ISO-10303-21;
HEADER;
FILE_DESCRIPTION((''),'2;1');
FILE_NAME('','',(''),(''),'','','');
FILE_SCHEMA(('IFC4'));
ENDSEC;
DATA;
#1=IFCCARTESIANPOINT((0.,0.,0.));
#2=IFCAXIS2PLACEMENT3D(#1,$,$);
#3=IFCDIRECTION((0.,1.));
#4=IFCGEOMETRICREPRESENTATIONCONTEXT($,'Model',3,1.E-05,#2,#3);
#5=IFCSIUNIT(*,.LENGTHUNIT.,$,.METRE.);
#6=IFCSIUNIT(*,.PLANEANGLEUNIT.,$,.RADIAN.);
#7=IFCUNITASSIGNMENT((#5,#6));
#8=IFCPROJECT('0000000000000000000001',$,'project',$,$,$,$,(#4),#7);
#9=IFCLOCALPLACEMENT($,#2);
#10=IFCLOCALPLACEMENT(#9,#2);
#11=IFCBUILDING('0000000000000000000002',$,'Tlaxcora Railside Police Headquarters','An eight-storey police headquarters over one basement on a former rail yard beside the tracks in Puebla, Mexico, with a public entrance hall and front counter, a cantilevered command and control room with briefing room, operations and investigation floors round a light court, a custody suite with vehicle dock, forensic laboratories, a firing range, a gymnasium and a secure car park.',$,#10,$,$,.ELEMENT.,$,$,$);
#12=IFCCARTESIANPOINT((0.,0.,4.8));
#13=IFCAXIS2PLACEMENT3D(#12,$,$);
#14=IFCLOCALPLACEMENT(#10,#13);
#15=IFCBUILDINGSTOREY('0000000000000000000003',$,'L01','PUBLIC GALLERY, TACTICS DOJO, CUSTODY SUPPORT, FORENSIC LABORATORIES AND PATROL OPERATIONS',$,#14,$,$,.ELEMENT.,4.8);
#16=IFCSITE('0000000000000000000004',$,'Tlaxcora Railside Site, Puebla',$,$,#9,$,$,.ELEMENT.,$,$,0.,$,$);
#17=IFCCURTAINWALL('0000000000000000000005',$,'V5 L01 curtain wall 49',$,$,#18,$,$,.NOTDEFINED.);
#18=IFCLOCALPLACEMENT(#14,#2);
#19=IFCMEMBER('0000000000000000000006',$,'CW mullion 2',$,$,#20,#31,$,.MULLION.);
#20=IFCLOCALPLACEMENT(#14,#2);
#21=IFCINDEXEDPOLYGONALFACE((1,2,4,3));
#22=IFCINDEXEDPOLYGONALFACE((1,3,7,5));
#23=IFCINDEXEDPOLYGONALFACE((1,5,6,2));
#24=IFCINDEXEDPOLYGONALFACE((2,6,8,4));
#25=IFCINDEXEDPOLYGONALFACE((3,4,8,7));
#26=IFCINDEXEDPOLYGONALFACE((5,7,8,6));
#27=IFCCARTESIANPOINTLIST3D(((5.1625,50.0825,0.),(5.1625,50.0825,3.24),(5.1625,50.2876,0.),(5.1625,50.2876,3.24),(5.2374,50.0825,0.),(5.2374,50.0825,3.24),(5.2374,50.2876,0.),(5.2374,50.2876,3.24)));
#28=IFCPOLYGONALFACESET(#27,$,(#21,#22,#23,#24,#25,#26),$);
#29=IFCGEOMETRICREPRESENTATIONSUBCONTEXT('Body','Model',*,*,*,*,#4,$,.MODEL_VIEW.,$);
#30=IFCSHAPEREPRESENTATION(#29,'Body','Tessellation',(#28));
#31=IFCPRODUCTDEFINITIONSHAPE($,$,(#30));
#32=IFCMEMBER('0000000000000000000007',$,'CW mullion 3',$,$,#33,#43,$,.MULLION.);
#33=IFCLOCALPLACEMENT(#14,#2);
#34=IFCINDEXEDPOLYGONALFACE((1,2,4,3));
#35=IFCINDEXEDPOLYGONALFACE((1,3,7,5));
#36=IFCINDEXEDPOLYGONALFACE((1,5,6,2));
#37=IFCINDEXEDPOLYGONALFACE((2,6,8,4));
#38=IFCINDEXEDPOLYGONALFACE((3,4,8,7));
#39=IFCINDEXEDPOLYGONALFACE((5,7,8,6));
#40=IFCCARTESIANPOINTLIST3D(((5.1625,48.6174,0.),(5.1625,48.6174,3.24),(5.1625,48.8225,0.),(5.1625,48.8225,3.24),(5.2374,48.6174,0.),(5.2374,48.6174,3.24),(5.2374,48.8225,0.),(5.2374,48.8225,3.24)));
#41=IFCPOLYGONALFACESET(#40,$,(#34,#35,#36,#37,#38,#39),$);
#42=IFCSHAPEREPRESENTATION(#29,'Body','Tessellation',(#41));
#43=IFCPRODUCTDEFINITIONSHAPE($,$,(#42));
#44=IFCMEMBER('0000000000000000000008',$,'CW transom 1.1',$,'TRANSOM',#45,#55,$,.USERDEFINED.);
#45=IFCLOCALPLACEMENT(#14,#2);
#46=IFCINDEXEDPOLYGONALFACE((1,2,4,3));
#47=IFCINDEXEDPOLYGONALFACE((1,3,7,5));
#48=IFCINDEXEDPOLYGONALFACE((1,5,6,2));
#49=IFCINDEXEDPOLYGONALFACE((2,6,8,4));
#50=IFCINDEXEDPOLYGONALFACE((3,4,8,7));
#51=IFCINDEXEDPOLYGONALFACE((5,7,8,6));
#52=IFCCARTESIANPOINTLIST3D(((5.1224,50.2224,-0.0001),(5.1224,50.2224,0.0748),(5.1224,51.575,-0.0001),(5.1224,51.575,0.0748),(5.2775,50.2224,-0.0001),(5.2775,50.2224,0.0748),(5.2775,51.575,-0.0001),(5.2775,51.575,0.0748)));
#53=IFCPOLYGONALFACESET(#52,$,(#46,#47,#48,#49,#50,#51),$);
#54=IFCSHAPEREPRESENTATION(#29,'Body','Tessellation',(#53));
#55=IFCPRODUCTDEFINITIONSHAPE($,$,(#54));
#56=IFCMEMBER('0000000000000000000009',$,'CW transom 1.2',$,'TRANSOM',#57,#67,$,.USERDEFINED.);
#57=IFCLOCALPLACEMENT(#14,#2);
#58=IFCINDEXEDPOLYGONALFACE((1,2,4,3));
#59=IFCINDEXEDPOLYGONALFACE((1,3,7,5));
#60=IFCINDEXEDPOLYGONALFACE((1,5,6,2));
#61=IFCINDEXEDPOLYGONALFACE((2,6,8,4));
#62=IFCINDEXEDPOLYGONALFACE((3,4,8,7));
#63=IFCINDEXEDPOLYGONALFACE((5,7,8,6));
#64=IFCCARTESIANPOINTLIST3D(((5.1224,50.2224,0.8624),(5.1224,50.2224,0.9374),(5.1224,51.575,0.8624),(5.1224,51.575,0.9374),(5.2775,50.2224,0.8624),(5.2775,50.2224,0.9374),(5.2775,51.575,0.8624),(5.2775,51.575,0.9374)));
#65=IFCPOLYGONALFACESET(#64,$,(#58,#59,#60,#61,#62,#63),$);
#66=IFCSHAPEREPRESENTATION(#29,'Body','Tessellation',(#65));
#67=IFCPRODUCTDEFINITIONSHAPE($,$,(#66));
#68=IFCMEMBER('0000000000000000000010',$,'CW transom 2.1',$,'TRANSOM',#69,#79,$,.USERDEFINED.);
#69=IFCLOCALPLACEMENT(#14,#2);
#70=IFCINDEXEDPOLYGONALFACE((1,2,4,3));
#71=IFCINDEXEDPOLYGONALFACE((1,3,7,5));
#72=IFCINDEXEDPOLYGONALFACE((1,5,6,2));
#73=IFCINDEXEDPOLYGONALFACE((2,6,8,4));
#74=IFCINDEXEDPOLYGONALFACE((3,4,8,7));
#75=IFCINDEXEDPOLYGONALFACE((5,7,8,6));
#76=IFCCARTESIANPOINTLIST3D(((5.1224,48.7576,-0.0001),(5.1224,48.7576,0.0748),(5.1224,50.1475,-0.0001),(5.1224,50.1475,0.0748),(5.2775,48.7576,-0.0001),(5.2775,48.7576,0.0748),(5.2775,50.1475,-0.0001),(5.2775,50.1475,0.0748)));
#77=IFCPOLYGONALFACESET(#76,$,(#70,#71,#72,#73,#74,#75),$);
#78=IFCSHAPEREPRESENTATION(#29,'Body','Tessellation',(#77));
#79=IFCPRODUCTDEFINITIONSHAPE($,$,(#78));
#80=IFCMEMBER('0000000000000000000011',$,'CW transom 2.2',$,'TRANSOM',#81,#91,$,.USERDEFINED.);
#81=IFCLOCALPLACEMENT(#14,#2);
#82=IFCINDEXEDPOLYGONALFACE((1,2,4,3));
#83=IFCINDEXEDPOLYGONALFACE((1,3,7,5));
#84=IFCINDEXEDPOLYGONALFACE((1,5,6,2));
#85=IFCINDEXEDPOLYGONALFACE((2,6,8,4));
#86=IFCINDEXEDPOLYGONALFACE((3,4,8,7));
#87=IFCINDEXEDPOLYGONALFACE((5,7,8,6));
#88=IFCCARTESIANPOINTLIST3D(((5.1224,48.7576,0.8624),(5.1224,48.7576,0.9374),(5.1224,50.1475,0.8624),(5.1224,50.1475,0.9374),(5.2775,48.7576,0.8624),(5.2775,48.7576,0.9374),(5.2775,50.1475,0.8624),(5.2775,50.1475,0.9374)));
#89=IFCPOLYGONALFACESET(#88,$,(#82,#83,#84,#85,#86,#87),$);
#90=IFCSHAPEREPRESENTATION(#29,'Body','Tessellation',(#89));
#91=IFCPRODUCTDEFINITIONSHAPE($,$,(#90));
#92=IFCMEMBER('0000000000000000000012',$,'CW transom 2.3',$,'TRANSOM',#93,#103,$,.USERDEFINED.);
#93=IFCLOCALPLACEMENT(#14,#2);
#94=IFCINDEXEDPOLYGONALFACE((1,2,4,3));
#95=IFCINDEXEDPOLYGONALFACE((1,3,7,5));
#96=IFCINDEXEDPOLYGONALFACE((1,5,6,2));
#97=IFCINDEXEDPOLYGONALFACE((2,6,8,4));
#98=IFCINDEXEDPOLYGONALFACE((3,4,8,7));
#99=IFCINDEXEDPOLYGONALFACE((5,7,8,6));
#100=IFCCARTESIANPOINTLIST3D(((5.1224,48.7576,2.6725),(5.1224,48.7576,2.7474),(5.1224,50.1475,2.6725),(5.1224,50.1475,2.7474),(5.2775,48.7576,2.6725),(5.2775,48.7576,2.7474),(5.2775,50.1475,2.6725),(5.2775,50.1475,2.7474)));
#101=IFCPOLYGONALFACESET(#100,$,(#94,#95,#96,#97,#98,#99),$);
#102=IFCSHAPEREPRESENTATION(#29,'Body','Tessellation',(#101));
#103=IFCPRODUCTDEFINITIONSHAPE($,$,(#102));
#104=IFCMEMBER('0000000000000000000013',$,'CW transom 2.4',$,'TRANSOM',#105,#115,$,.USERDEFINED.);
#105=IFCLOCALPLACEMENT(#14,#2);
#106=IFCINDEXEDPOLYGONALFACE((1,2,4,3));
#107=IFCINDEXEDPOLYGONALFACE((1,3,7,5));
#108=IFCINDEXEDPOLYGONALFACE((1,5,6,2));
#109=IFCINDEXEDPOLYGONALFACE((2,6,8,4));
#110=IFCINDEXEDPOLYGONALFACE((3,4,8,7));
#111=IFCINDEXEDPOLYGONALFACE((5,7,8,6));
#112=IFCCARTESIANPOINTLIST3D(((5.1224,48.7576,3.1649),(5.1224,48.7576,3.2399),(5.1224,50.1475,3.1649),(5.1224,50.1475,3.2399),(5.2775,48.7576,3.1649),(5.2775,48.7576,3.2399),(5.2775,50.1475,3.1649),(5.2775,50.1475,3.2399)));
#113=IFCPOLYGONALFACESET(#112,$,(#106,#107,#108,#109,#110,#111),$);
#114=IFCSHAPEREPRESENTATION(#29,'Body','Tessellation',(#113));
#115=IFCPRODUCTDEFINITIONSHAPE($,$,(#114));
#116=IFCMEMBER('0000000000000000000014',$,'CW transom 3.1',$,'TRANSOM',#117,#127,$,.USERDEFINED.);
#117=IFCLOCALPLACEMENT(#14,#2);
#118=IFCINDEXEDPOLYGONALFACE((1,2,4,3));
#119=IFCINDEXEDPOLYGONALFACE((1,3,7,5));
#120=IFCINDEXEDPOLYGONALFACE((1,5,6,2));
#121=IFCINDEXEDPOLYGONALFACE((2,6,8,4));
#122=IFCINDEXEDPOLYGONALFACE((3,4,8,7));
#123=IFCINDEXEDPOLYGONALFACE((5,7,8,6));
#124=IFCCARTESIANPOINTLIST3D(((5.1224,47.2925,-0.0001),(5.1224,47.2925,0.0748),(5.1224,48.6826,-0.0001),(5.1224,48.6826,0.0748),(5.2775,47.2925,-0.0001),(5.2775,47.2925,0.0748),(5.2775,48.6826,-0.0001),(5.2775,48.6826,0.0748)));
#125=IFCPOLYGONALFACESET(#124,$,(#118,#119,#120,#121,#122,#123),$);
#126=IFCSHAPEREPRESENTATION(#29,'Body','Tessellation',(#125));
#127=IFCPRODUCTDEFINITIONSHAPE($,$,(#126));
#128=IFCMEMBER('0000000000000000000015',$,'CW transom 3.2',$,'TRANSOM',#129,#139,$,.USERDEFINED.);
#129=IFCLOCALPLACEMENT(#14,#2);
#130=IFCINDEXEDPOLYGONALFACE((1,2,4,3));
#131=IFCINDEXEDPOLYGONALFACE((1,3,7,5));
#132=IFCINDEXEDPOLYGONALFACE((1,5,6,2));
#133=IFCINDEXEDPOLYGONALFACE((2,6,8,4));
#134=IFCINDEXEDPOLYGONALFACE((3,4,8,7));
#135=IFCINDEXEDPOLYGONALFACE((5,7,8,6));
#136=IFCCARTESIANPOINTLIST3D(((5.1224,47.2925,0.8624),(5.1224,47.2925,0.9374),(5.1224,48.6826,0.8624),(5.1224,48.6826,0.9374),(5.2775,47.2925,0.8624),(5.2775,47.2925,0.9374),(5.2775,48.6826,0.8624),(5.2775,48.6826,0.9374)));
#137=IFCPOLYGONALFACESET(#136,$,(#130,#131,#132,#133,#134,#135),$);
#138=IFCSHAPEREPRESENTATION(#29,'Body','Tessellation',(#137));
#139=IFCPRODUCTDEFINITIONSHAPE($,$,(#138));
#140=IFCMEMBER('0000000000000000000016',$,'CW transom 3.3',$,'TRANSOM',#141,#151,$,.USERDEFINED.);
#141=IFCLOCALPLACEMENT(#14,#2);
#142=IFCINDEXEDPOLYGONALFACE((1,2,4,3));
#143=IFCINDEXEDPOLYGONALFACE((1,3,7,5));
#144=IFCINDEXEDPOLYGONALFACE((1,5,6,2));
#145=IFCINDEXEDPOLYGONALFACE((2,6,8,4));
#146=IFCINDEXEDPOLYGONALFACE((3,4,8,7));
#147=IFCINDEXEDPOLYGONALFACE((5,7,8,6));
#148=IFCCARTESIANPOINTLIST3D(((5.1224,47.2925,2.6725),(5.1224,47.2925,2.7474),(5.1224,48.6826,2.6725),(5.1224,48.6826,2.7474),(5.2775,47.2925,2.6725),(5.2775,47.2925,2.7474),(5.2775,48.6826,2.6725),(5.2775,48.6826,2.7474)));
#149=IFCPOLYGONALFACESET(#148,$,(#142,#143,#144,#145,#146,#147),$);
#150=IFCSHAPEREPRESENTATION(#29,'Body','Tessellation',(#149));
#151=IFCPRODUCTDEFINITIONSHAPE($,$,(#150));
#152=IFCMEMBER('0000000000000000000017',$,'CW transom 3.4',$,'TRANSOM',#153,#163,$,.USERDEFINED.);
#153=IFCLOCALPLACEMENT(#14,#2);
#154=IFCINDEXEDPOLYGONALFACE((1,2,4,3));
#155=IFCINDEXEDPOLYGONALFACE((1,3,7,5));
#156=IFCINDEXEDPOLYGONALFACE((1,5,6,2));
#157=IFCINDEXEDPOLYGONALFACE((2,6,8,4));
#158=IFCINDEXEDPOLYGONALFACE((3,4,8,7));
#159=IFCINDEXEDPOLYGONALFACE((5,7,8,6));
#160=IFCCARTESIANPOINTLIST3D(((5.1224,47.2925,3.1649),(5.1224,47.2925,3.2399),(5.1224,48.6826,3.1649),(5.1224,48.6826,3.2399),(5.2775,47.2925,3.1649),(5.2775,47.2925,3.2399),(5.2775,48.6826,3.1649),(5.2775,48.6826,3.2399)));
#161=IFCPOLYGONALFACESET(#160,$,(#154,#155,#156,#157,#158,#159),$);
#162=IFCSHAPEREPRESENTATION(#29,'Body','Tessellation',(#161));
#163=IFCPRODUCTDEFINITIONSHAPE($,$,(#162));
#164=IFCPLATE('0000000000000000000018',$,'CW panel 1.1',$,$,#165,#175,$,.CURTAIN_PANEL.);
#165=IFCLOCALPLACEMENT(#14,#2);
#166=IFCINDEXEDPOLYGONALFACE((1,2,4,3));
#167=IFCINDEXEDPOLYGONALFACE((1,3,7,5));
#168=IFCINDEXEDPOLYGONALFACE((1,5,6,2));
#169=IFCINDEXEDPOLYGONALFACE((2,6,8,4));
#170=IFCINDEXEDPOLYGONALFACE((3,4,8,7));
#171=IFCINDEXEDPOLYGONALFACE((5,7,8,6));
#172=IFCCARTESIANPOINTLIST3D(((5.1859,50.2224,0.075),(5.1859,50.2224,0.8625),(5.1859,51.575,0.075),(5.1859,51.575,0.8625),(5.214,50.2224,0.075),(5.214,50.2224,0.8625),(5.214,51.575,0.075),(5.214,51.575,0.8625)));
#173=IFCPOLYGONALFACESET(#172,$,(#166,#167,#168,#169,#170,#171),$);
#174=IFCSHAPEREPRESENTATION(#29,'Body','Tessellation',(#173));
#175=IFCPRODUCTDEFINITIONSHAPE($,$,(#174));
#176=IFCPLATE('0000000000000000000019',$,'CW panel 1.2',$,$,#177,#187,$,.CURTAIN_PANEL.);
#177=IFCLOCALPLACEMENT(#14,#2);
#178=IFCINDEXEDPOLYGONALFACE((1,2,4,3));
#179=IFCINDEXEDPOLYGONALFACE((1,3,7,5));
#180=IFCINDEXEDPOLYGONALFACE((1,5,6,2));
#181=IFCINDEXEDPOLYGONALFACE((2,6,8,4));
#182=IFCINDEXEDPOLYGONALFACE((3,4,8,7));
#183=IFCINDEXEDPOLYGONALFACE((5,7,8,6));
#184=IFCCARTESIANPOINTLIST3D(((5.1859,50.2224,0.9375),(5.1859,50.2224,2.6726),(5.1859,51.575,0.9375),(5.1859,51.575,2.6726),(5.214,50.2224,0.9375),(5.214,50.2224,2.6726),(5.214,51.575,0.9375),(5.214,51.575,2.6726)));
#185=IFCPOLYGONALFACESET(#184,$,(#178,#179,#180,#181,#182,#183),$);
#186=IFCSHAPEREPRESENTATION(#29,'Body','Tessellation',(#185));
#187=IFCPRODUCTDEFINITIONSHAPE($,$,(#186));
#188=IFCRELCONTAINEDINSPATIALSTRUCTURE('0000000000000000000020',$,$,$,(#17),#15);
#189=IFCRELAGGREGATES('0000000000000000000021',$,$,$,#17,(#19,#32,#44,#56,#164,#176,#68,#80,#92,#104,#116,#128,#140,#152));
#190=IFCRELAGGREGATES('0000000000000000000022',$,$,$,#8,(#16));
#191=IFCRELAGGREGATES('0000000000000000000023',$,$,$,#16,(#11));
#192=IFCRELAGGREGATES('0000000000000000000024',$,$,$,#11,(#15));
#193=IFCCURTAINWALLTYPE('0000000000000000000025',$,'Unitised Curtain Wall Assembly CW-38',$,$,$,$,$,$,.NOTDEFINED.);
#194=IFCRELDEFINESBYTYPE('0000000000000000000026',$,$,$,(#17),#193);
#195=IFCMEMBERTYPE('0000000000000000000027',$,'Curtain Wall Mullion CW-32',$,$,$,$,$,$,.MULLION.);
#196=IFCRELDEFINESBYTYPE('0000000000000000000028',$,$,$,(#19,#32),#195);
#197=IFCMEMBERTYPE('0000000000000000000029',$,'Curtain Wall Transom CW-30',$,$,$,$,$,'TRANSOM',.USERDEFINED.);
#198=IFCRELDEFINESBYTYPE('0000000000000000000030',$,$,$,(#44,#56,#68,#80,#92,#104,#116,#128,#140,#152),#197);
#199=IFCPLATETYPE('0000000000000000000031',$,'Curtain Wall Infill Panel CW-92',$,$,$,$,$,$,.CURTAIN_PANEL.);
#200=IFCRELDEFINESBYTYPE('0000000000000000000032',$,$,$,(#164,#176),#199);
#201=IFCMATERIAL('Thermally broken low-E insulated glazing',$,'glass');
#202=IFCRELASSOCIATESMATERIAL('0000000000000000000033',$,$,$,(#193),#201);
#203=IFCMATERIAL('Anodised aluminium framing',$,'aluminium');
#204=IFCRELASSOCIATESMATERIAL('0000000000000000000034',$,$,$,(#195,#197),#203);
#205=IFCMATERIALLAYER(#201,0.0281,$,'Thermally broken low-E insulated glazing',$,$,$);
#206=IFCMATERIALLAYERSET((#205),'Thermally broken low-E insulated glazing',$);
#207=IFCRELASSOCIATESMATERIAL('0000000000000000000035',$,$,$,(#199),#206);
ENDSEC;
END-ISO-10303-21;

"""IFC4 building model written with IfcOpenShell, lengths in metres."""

from ifc_helpers import new_model, si_unit, direction, frame, origin, origin_2d, place, context, subcontext, project, spatial, rectangle, extrude, material, layer, layer_set, material_profile, profile_set, type_object, element, aggregate, save


model = new_model("IFC4")

# Units and contexts
model_context = context("Model", 3, precision=1e-05, world=origin(), true_north=direction((0.0, 1.0)))
body_context = subcontext(model_context, "Body", "Model", "MODEL_VIEW")
ifc_project = project(units=[si_unit("LENGTHUNIT", "METRE"), si_unit("PLANEANGLEUNIT", "RADIAN")], contexts=[model_context])

# Site, building, storey
site_placement = place(None, origin())
site = spatial("IfcSite", under=ifc_project, at=site_placement, Name="Tlaxcora Railside Site, Puebla", CompositionType="ELEMENT", RefElevation=0.0)
building_placement = place(site_placement, origin())
building = spatial("IfcBuilding", under=site, at=building_placement, Name="Tlaxcora Railside Police Headquarters", Description="An eight-storey police headquarters over one basement on a former rail yard beside the tracks in Puebla, Mexico, with a public entrance hall and front counter, a cantilevered command and control room with briefing room, operations and investigation floors round a light court, a custody suite with vehicle dock, forensic laboratories, a firing range, a gymnasium and a secure car park.", CompositionType="ELEMENT")
storey_placement = place(building_placement, frame((0.0, 0.0, 4.8)))
storey = spatial("IfcBuildingStorey", under=building, at=storey_placement, Name="L01", Description="PUBLIC GALLERY, TACTICS DOJO, CUSTODY SUPPORT, FORENSIC LABORATORIES AND PATROL OPERATIONS", CompositionType="ELEMENT", Elevation=4.8)

# Curtain wall, members, plates
ifc_material_1 = material(Name="Thermally broken low-E insulated glazing", Category="glass")
curtain_wall_type = type_object("IfcCurtainWallType", Name="Unitised Curtain Wall Assembly CW-38", PredefinedType="NOTDEFINED", material=ifc_material_1)
curtain_wall_placement = place(storey_placement, origin())
curtain_wall = element("IfcCurtainWall", 1, at=curtain_wall_placement, inside=storey, type_object=curtain_wall_type, Name="V5 L01 curtain wall 49", PredefinedType="NOTDEFINED")
ifc_material_2 = material(Name="Anodised aluminium framing", Category="aluminium")
ifc_material_profile_1 = material_profile(ifc_material_2, rectangle(XDim=0.075, YDim=0.2051, at=origin_2d()), Name="AL75X205")
ifc_profile_set_1 = profile_set([ifc_material_profile_1], Name="Anodised aluminium framing")
member_type_1 = type_object("IfcMemberType", Name="Curtain Wall Mullion CW-32", PredefinedType="MULLION", material=ifc_profile_set_1)
member_1_placement = place(storey_placement, frame((5.2, 50.1851, 0.0), z_axis=(0.0, 0.0, 1.0), x_axis=(1.0, 0.0, 0.0)))
member_1 = element("IfcMember", 2, at=member_1_placement, type_object=member_type_1, Name="CW mullion 2", PredefinedType="MULLION", context=body_context, shape_type="SweptSolid", body=[
    extrude(rectangle(XDim=0.075, YDim=0.2051, at=origin_2d()), origin(), (0.0, 0.0, 1.0), 3.24),
])
member_2_placement = place(storey_placement, frame((5.2, 48.72, 0.0), z_axis=(0.0, 0.0, 1.0), x_axis=(1.0, 0.0, 0.0)))
member_2 = element("IfcMember", 3, at=member_2_placement, type_object=member_type_1, Name="CW mullion 3", PredefinedType="MULLION", context=body_context, shape_type="SweptSolid", body=[
    extrude(rectangle(XDim=0.075, YDim=0.2051, at=origin_2d()), origin(), (0.0, 0.0, 1.0), 3.24),
])
ifc_material_profile_2 = material_profile(ifc_material_2, rectangle(XDim=0.155, YDim=0.075, at=origin_2d()), Name="AL75X155")
ifc_profile_set_2 = profile_set([ifc_material_profile_2], Name="Anodised aluminium framing")
member_type_2 = type_object("IfcMemberType", Name="Curtain Wall Transom CW-30", ElementType="TRANSOM", PredefinedType="USERDEFINED", material=ifc_profile_set_2)
member_3_placement = place(storey_placement, frame((5.2, 51.575, 0.0374), z_axis=(0.0, -1.0, 0.0), x_axis=(1.0, 0.0, 0.0)))
member_3 = element("IfcMember", 4, at=member_3_placement, type_object=member_type_2, Name="CW transom 1.1", ObjectType="TRANSOM", PredefinedType="USERDEFINED", context=body_context, shape_type="SweptSolid", body=[
    extrude(rectangle(XDim=0.155, YDim=0.075, at=origin_2d()), origin(), (0.0, 0.0, 1.0), 1.3525),
])
member_4_placement = place(storey_placement, frame((5.2, 51.575, 0.8999), z_axis=(0.0, -1.0, 0.0), x_axis=(1.0, 0.0, 0.0)))
member_4 = element("IfcMember", 5, at=member_4_placement, type_object=member_type_2, Name="CW transom 1.2", ObjectType="TRANSOM", PredefinedType="USERDEFINED", context=body_context, shape_type="SweptSolid", body=[
    extrude(rectangle(XDim=0.155, YDim=0.075, at=origin_2d()), origin(), (0.0, 0.0, 1.0), 1.3525),
])
member_5_placement = place(storey_placement, frame((5.2, 50.1475, 0.0374), z_axis=(0.0, -1.0, 0.0), x_axis=(1.0, 0.0, 0.0)))
member_5 = element("IfcMember", 6, at=member_5_placement, type_object=member_type_2, Name="CW transom 2.1", ObjectType="TRANSOM", PredefinedType="USERDEFINED", context=body_context, shape_type="SweptSolid", body=[
    extrude(rectangle(XDim=0.155, YDim=0.075, at=origin_2d()), origin(), (0.0, 0.0, 1.0), 1.3899),
])
member_6_placement = place(storey_placement, frame((5.2, 50.1475, 0.8999), z_axis=(0.0, -1.0, 0.0), x_axis=(1.0, 0.0, 0.0)))
member_6 = element("IfcMember", 7, at=member_6_placement, type_object=member_type_2, Name="CW transom 2.2", ObjectType="TRANSOM", PredefinedType="USERDEFINED", context=body_context, shape_type="SweptSolid", body=[
    extrude(rectangle(XDim=0.155, YDim=0.075, at=origin_2d()), origin(), (0.0, 0.0, 1.0), 1.3899),
])
member_7_placement = place(storey_placement, frame((5.2, 50.1475, 2.71), z_axis=(0.0, -1.0, 0.0), x_axis=(1.0, 0.0, 0.0)))
member_7 = element("IfcMember", 8, at=member_7_placement, type_object=member_type_2, Name="CW transom 2.3", ObjectType="TRANSOM", PredefinedType="USERDEFINED", context=body_context, shape_type="SweptSolid", body=[
    extrude(rectangle(XDim=0.155, YDim=0.075, at=origin_2d()), origin(), (0.0, 0.0, 1.0), 1.3899),
])
member_8_placement = place(storey_placement, frame((5.2, 50.1475, 3.2024), z_axis=(0.0, -1.0, 0.0), x_axis=(1.0, 0.0, 0.0)))
member_8 = element("IfcMember", 9, at=member_8_placement, type_object=member_type_2, Name="CW transom 2.4", ObjectType="TRANSOM", PredefinedType="USERDEFINED", context=body_context, shape_type="SweptSolid", body=[
    extrude(rectangle(XDim=0.155, YDim=0.075, at=origin_2d()), origin(), (0.0, 0.0, 1.0), 1.3899),
])
member_9_placement = place(storey_placement, frame((5.2, 48.6826, 0.0374), z_axis=(0.0, -1.0, 0.0), x_axis=(1.0, 0.0, 0.0)))
member_9 = element("IfcMember", 10, at=member_9_placement, type_object=member_type_2, Name="CW transom 3.1", ObjectType="TRANSOM", PredefinedType="USERDEFINED", context=body_context, shape_type="SweptSolid", body=[
    extrude(rectangle(XDim=0.155, YDim=0.075, at=origin_2d()), origin(), (0.0, 0.0, 1.0), 1.3901),
])
member_10_placement = place(storey_placement, frame((5.2, 48.6826, 0.8999), z_axis=(0.0, -1.0, 0.0), x_axis=(1.0, 0.0, 0.0)))
member_10 = element("IfcMember", 11, at=member_10_placement, type_object=member_type_2, Name="CW transom 3.2", ObjectType="TRANSOM", PredefinedType="USERDEFINED", context=body_context, shape_type="SweptSolid", body=[
    extrude(rectangle(XDim=0.155, YDim=0.075, at=origin_2d()), origin(), (0.0, 0.0, 1.0), 1.3901),
])
member_11_placement = place(storey_placement, frame((5.2, 48.6826, 2.71), z_axis=(0.0, -1.0, 0.0), x_axis=(1.0, 0.0, 0.0)))
member_11 = element("IfcMember", 12, at=member_11_placement, type_object=member_type_2, Name="CW transom 3.3", ObjectType="TRANSOM", PredefinedType="USERDEFINED", context=body_context, shape_type="SweptSolid", body=[
    extrude(rectangle(XDim=0.155, YDim=0.075, at=origin_2d()), origin(), (0.0, 0.0, 1.0), 1.3901),
])
member_12_placement = place(storey_placement, frame((5.2, 48.6826, 3.2024), z_axis=(0.0, -1.0, 0.0), x_axis=(1.0, 0.0, 0.0)))
member_12 = element("IfcMember", 13, at=member_12_placement, type_object=member_type_2, Name="CW transom 3.4", ObjectType="TRANSOM", PredefinedType="USERDEFINED", context=body_context, shape_type="SweptSolid", body=[
    extrude(rectangle(XDim=0.155, YDim=0.075, at=origin_2d()), origin(), (0.0, 0.0, 1.0), 1.3901),
])
ifc_layer_1 = layer(ifc_material_1, 0.0281, Name="Thermally broken low-E insulated glazing")
ifc_layer_set_1 = layer_set([ifc_layer_1], Name="Thermally broken low-E insulated glazing")
plate_type = type_object("IfcPlateType", Name="Curtain Wall Infill Panel CW-92", PredefinedType="CURTAIN_PANEL", material=ifc_layer_set_1)
plate_1_placement = place(storey_placement, frame((5.2, 50.8987, 0.075), z_axis=(0.0, 0.0, 1.0), x_axis=(0.0, -1.0, 0.0)))
plate_1 = element("IfcPlate", 14, at=plate_1_placement, type_object=plate_type, Name="CW panel 1.1", PredefinedType="CURTAIN_PANEL", context=body_context, shape_type="SweptSolid", body=[
    extrude(rectangle(XDim=1.3525, YDim=0.0281, at=origin_2d()), origin(), (0.0, 0.0, 1.0), 0.7876),
])
plate_2_placement = place(storey_placement, frame((5.2, 50.8987, 0.9375), z_axis=(0.0, 0.0, 1.0), x_axis=(0.0, -1.0, 0.0)))
plate_2 = element("IfcPlate", 15, at=plate_2_placement, type_object=plate_type, Name="CW panel 1.2", PredefinedType="CURTAIN_PANEL", context=body_context, shape_type="SweptSolid", body=[
    extrude(rectangle(XDim=1.3525, YDim=0.0281, at=origin_2d()), origin(), (0.0, 0.0, 1.0), 1.7351),
])
aggregate(curtain_wall, [member_1, member_2, member_3, member_4, plate_1, plate_2, member_5, member_6, member_7, member_8, member_9, member_10, member_11, member_12])

save(model, "model.ifc")
